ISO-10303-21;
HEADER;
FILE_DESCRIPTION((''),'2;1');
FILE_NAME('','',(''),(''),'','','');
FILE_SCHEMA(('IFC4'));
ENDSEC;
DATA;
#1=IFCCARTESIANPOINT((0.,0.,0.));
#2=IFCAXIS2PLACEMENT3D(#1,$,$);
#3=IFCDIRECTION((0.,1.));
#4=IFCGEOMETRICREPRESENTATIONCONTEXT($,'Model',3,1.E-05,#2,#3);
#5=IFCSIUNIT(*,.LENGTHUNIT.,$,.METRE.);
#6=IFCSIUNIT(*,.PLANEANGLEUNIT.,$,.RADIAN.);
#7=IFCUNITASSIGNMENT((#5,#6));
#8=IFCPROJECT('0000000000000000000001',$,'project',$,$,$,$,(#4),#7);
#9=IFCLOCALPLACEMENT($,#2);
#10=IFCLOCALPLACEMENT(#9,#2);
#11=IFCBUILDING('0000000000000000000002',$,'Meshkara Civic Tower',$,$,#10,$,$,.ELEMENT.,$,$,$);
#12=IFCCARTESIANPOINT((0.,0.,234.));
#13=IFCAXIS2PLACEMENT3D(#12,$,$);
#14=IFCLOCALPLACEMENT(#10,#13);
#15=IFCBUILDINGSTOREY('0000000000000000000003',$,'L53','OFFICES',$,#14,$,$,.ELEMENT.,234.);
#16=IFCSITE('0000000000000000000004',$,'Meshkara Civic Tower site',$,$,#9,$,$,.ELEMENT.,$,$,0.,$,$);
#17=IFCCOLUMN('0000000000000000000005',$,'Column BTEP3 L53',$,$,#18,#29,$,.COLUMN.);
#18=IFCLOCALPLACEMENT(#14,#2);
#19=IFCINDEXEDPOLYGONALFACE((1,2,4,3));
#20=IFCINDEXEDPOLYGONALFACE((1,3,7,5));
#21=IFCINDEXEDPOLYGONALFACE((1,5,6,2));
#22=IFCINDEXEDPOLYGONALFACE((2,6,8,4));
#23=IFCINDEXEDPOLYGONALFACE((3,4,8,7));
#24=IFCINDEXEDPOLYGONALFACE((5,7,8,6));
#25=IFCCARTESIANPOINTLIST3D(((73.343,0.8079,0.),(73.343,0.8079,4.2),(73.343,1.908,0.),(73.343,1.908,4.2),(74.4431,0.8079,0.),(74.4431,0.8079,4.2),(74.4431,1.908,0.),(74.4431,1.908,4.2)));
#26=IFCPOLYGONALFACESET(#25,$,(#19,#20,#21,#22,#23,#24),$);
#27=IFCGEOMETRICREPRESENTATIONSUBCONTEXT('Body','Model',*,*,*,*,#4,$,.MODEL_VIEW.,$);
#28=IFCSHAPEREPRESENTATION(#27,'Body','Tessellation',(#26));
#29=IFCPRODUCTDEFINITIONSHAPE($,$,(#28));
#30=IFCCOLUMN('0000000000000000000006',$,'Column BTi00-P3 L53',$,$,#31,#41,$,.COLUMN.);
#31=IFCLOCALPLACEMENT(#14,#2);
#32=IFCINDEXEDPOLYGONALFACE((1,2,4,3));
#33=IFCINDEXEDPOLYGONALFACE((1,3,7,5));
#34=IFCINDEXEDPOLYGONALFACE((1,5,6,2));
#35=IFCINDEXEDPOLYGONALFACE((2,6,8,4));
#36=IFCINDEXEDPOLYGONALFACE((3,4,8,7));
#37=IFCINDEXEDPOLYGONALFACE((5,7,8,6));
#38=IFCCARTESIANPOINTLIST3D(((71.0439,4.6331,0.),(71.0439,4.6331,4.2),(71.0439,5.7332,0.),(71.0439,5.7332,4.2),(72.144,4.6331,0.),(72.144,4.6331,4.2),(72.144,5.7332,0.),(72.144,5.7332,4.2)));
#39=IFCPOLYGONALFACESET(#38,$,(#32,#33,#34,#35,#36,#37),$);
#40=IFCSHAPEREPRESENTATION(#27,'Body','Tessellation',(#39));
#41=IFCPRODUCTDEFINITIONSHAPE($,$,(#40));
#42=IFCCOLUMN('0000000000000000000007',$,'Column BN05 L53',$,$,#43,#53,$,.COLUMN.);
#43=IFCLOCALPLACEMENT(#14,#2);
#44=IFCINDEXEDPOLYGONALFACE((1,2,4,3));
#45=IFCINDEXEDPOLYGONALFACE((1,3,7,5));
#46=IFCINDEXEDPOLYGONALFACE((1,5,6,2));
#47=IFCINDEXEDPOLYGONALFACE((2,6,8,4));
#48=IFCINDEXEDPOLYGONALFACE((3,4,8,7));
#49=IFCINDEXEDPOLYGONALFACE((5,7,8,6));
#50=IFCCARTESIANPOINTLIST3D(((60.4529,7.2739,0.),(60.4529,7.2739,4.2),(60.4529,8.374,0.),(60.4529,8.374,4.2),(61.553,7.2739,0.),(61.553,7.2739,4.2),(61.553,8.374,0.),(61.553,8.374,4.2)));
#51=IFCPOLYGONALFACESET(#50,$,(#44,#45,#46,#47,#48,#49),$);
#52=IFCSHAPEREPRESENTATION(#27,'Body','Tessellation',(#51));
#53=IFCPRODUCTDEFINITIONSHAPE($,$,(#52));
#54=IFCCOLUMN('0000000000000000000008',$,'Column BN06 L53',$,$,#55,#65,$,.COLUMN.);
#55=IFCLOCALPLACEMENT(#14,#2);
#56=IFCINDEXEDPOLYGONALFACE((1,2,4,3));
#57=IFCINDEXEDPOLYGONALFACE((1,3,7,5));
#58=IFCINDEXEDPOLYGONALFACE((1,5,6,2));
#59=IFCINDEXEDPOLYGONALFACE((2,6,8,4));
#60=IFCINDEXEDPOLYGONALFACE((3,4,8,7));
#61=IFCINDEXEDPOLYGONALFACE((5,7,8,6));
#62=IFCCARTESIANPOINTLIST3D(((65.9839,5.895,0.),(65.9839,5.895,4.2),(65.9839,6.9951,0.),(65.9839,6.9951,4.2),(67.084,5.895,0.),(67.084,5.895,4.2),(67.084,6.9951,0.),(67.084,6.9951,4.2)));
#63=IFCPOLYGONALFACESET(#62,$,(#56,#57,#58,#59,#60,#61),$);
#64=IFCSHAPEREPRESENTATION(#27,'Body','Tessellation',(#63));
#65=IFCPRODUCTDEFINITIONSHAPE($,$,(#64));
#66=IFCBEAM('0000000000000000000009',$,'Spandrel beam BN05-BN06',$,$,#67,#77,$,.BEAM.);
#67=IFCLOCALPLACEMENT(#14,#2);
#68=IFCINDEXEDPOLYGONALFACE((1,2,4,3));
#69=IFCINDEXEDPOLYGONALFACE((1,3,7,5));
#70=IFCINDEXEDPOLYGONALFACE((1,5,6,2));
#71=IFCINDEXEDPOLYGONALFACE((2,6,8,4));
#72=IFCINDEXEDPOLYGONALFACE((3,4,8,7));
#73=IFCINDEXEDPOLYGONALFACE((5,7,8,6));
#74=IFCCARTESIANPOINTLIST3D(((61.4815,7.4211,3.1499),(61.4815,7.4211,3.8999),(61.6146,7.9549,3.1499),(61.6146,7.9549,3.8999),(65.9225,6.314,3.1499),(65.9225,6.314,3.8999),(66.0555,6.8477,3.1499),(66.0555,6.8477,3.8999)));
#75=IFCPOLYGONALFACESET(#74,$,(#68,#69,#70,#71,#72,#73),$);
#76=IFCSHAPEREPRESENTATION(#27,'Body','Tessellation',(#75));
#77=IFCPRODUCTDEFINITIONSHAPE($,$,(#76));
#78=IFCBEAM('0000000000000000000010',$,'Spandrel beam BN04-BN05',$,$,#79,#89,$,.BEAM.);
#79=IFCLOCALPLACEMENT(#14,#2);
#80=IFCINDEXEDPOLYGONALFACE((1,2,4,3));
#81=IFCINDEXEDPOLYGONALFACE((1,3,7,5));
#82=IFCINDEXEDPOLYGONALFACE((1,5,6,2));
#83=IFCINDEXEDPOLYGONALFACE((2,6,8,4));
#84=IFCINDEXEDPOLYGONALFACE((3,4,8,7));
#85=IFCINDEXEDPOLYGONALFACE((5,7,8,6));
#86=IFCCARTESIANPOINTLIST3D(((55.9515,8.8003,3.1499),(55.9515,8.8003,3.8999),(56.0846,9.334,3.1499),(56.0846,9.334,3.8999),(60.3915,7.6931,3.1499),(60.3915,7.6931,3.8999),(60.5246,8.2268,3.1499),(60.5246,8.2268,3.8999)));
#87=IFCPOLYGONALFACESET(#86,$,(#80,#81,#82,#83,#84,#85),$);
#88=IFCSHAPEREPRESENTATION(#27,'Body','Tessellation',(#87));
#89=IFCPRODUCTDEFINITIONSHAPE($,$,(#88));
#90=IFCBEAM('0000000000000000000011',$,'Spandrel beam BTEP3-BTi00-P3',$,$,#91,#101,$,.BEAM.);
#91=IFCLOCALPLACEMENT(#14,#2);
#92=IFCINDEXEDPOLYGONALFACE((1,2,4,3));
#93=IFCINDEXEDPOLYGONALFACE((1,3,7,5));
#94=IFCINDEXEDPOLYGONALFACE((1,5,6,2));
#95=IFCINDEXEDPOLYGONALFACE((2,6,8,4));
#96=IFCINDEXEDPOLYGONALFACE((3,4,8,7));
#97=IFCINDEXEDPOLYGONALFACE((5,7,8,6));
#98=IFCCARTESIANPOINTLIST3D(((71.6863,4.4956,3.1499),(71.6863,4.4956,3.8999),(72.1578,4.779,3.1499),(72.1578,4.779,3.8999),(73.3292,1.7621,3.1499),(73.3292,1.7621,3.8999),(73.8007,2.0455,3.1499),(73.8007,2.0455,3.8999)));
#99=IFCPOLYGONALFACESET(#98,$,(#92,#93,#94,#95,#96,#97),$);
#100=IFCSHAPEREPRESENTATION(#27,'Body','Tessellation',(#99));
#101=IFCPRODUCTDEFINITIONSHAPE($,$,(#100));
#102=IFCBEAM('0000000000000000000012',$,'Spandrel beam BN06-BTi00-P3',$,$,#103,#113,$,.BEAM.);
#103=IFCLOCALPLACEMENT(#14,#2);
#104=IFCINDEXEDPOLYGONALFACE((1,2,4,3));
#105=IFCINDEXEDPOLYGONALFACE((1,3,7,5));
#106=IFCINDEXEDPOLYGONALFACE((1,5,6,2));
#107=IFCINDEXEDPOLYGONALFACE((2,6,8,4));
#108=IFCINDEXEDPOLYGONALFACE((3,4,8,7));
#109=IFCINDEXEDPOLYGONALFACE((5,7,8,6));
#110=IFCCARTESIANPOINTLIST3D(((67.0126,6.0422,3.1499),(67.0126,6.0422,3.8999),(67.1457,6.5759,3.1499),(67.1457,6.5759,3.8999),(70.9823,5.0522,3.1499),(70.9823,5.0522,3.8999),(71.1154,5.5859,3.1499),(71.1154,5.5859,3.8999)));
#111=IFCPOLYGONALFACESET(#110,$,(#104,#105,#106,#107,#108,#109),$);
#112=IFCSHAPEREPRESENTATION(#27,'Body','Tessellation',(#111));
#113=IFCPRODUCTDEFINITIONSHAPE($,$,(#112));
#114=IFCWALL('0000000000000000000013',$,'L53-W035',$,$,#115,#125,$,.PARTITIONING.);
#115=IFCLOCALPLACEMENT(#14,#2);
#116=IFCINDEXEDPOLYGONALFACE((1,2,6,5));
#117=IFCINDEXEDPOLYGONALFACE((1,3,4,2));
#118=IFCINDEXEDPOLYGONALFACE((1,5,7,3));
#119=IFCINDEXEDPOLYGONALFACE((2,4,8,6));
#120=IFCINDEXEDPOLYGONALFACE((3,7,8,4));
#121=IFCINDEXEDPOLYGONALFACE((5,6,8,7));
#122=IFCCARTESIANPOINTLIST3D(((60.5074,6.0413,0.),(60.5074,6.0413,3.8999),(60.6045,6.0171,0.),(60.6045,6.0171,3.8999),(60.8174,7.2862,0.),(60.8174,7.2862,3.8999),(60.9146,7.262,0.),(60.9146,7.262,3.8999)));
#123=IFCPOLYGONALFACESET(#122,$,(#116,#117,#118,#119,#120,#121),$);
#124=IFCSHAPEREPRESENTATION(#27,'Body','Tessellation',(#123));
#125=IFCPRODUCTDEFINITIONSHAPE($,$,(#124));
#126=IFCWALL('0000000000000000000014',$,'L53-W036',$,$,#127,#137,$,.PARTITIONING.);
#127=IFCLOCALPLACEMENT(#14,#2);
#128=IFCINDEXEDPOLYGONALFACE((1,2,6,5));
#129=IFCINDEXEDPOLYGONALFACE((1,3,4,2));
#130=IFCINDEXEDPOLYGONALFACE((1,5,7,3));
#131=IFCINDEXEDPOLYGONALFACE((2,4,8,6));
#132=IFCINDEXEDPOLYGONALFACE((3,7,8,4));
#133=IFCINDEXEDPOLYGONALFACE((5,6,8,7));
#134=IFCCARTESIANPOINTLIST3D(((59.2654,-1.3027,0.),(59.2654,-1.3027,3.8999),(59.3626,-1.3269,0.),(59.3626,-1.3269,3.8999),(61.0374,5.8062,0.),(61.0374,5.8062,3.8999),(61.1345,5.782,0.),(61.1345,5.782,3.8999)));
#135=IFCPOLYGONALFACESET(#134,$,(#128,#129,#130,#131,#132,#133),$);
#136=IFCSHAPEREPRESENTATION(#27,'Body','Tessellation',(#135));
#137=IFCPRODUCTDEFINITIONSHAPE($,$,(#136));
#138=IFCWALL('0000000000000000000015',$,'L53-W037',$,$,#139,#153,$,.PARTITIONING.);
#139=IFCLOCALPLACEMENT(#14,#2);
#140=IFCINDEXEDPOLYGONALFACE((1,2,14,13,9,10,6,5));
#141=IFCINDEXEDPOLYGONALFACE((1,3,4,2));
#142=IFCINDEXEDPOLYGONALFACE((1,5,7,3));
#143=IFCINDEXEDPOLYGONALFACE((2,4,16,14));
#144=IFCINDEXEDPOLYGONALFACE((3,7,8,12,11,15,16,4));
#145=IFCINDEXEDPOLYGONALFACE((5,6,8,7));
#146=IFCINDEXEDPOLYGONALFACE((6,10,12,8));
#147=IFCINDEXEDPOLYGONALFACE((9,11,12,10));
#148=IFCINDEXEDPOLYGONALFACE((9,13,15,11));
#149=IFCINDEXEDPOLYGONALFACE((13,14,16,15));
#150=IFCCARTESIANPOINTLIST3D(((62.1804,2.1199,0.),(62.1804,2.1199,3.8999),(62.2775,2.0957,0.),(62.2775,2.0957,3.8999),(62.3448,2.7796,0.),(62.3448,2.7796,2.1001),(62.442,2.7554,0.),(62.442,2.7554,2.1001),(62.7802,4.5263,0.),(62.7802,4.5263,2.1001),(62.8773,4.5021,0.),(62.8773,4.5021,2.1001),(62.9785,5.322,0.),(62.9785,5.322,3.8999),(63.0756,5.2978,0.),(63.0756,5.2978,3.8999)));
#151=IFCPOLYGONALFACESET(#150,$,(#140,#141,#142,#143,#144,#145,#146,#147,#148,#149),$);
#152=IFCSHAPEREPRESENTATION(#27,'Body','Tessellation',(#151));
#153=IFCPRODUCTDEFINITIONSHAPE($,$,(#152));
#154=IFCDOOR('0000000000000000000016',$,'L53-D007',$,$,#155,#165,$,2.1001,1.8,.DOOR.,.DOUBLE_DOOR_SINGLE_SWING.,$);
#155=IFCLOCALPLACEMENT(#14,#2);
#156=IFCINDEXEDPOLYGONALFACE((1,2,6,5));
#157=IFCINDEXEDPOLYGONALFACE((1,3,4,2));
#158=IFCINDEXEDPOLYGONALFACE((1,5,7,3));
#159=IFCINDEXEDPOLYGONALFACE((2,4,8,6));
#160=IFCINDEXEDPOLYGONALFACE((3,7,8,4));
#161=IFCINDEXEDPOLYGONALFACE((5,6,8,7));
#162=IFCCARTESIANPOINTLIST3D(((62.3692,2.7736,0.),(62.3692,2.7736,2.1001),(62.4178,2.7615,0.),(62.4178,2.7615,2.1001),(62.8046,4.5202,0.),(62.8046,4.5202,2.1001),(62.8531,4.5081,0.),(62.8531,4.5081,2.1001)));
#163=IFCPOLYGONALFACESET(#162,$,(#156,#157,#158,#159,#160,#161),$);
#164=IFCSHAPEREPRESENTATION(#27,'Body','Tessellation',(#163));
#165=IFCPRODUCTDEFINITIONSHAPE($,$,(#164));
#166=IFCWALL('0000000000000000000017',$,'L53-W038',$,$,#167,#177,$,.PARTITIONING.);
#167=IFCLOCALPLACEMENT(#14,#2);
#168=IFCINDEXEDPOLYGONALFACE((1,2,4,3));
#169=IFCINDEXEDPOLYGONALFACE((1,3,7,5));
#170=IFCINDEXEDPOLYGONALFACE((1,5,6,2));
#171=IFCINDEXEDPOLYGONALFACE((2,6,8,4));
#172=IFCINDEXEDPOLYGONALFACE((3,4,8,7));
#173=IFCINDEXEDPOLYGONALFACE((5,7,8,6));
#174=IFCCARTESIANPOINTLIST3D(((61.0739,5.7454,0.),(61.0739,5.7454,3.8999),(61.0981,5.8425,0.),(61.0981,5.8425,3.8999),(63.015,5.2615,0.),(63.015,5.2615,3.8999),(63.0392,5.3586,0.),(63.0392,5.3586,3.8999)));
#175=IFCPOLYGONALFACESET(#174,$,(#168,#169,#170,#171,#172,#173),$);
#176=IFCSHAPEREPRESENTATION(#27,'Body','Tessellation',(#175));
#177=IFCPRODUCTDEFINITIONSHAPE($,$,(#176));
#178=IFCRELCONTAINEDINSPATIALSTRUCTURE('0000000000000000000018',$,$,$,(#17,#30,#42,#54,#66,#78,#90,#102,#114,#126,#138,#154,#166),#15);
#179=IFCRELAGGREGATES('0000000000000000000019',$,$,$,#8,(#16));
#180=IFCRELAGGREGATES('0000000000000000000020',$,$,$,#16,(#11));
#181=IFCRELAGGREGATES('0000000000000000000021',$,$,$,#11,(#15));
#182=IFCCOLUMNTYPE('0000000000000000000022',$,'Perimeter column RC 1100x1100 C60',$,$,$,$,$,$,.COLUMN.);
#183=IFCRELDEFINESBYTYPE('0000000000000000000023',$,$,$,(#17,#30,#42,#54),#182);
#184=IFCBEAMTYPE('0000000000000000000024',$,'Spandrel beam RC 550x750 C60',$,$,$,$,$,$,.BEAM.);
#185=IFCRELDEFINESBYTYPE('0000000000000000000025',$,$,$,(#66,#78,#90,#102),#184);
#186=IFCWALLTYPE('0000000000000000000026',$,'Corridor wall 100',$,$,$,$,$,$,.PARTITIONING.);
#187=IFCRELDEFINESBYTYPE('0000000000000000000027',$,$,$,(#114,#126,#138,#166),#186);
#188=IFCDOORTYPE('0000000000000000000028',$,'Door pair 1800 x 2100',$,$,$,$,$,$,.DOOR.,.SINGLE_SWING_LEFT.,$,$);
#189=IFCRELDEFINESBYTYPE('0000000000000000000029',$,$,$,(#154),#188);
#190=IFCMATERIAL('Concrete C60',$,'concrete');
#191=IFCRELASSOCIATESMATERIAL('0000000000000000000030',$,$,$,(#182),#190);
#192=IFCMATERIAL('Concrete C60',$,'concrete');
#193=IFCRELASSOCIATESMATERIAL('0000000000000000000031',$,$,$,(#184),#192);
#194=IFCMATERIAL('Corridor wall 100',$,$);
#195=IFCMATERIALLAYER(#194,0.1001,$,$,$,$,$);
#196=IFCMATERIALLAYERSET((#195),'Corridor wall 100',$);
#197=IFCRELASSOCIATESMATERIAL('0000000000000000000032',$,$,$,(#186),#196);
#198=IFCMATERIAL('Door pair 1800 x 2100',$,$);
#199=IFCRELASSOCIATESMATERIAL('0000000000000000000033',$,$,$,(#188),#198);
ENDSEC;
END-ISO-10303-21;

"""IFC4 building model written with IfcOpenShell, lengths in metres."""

from ifc_helpers import new_model, si_unit, direction, frame, frame_2d, origin, origin_2d, place, context, subcontext, project, spatial, rectangle, extrude, material, layer, layer_set, material_profile, profile_set, type_object, element, fill, save


model = new_model("IFC4")

# Units and contexts
model_context = context("Model", 3, precision=1e-05, world=origin(), true_north=direction((0.0, 1.0)))
body_context = subcontext(model_context, "Body", "Model", "MODEL_VIEW")
ifc_project = project(units=[si_unit("LENGTHUNIT", "METRE"), si_unit("PLANEANGLEUNIT", "RADIAN")], contexts=[model_context])

# Site, building, storey
site_placement = place(None, origin())
site = spatial("IfcSite", under=ifc_project, at=site_placement, Name="Meshkara Civic Tower site", CompositionType="ELEMENT", RefElevation=0.0)
building_placement = place(site_placement, origin())
building = spatial("IfcBuilding", under=site, at=building_placement, Name="Meshkara Civic Tower", CompositionType="ELEMENT")
storey_placement = place(building_placement, frame((0.0, 0.0, 234.0)))
storey = spatial("IfcBuildingStorey", under=building, at=storey_placement, Name="L53", Description="OFFICES", CompositionType="ELEMENT", Elevation=234.0)

# Columns
ifc_material_1 = material(Name="Concrete C60", Category="concrete")
ifc_material_profile_1 = material_profile(ifc_material_1, rectangle(XDim=1.1001, YDim=1.1001, at=origin_2d()))
ifc_profile_set_1 = profile_set([ifc_material_profile_1], Name="Concrete C60")
column_type = type_object("IfcColumnType", Name="Perimeter column RC 1100x1100 C60", PredefinedType="COLUMN", material=ifc_profile_set_1)
for number, where, z_axis, x_axis, name in (
    (1, (73.8931, 1.3579, 0.0), (0.0, 0.0, 1.0), (1.0, 0.0, 0.0), "Column BTEP3 L53"),
    (2, (71.594, 5.1831, 0.0), (0.0, 0.0, 1.0), (1.0, 0.0, 0.0), "Column BTi00-P3 L53"),
    (3, (61.0029, 7.824, 0.0), (0.0, 0.0, 1.0), (1.0, 0.0, 0.0), "Column BN05 L53"),
    (4, (66.5339, 6.4451, 0.0), (0.0, 0.0, 1.0), (1.0, 0.0, 0.0), "Column BN06 L53"),
):
    element("IfcColumn", number, at=place(storey_placement, frame(where, z_axis=z_axis, x_axis=x_axis)), inside=storey, type_object=column_type, Name=name, PredefinedType="COLUMN", context=body_context, shape_type="SweptSolid", body=[
        extrude(rectangle(XDim=1.1001, YDim=1.1001, at=origin_2d()), origin(), (0.0, 0.0, 1.0), 4.2),
    ])

# Beams
ifc_material_2 = material(Name="Concrete C60", Category="concrete")
ifc_material_profile_2 = material_profile(ifc_material_2, rectangle(XDim=0.55, YDim=0.75, at=origin_2d()))
ifc_profile_set_2 = profile_set([ifc_material_profile_2], Name="Concrete C60")
beam_type = type_object("IfcBeamType", Name="Spandrel beam RC 550x750 C60", PredefinedType="BEAM", material=ifc_profile_set_2)
beam_1_placement = place(storey_placement, frame((65.989, 6.5808, 3.5249), z_axis=(-0.970299, 0.241908, 0.0), x_axis=(-0.241908, -0.970299, 0.0)))
element("IfcBeam", 5, at=beam_1_placement, inside=storey, type_object=beam_type, Name="Spandrel beam BN05-BN06", PredefinedType="BEAM", context=body_context, shape_type="SweptSolid", body=[
    extrude(rectangle(XDim=0.55, YDim=0.75, at=origin_2d()), origin(), (0.0, 0.0, 1.0), 4.5769),
])
beam_2_placement = place(storey_placement, frame((60.458, 7.96, 3.5249), z_axis=(-0.970287, 0.241958, 0.0), x_axis=(-0.241958, -0.970287, 0.0)))
element("IfcBeam", 6, at=beam_2_placement, inside=storey, type_object=beam_type, Name="Spandrel beam BN04-BN05", PredefinedType="BEAM", context=body_context, shape_type="SweptSolid", body=[
    extrude(rectangle(XDim=0.55, YDim=0.75, at=origin_2d()), origin(), (0.0, 0.0, 1.0), 4.5759),
])
beam_3_placement = place(storey_placement, frame((73.5649, 1.9038, 3.5249), z_axis=(-0.515137, 0.857108, 0.0), x_axis=(-0.857108, -0.515137, 0.0)))
element("IfcBeam", 7, at=beam_3_placement, inside=storey, type_object=beam_type, Name="Spandrel beam BTEP3-BTi00-P3", PredefinedType="BEAM", context=body_context, shape_type="SweptSolid", body=[
    extrude(rectangle(XDim=0.55, YDim=0.75, at=origin_2d()), origin(), (0.0, 0.0, 1.0), 3.1892),
])
beam_4_placement = place(storey_placement, frame((71.0488, 5.3191, 3.5249), z_axis=(-0.970283, 0.241974, 0.0), x_axis=(-0.241974, -0.970283, 0.0)))
element("IfcBeam", 8, at=beam_4_placement, inside=storey, type_object=beam_type, Name="Spandrel beam BN06-BTi00-P3", PredefinedType="BEAM", context=body_context, shape_type="SweptSolid", body=[
    extrude(rectangle(XDim=0.55, YDim=0.75, at=origin_2d()), origin(), (0.0, 0.0, 1.0), 4.0913),
])

# Walls
ifc_material_3 = material(Name="Corridor wall 100")
ifc_layer_1 = layer(ifc_material_3, 0.1001)
ifc_layer_set_1 = layer_set([ifc_layer_1], Name="Corridor wall 100")
wall_type_1 = type_object("IfcWallType", Name="Corridor wall 100", PredefinedType="PARTITIONING", material=ifc_layer_set_1)
wall_1_placement = place(storey_placement, frame((60.5559, 6.0291, 0.0), z_axis=(0.0, 0.0, 1.0), x_axis=(0.241685, 0.970355, 0.0)))
element("IfcWall", 9, at=wall_1_placement, inside=storey, type_object=wall_type_1, Name="L53-W035", PredefinedType="PARTITIONING", context=body_context, shape_type="SweptSolid", body=[
    extrude(rectangle(XDim=1.283, YDim=0.1001, at=frame_2d((0.6416, 0.0))), origin(), (0.0, 0.0, 1.0), 3.8999),
])
wall_2_placement = place(storey_placement, frame((61.0859, 5.7939, 0.0), z_axis=(0.0, 0.0, 1.0), x_axis=(-0.241861, -0.970311, 0.0)))
element("IfcWall", 10, at=wall_2_placement, inside=storey, type_object=wall_type_1, Name="L53-W036", PredefinedType="PARTITIONING", context=body_context, shape_type="SweptSolid", body=[
    extrude(rectangle(XDim=7.3264, YDim=0.1001, at=frame_2d((3.6631, 0.0))), origin(), (0.0, 0.0, 1.0), 3.8999),
])

# Wall, opening, door
wall_3_placement = place(storey_placement, frame((62.229, 2.1079, 0.0), z_axis=(0.0, 0.0, 1.0), x_axis=(0.241839, 0.970316, 0.0)))
wall_3 = element("IfcWall", 11, at=wall_3_placement, inside=storey, type_object=wall_type_1, Name="L53-W037", PredefinedType="PARTITIONING", context=body_context, shape_type="SweptSolid", body=[
    extrude(rectangle(XDim=3.3, YDim=0.1001, at=frame_2d((1.6499, 0.0))), origin(), (0.0, 0.0, 1.0), 3.8999),
])
opening_1_placement = place(wall_3_placement, frame((0.6799, 0.0, 0.0)))
opening_1 = element("IfcOpeningElement", 12, at=opening_1_placement, cuts=wall_3, PredefinedType="OPENING", context=body_context, shape_type="SweptSolid", body=[
    extrude(rectangle(XDim=1.8, YDim=2.1001, at=frame_2d((0.8999, 1.05))), frame((0.0, 0.0601, 0.0), z_axis=(0.0, -1.0, 0.0), x_axis=(1.0, 0.0, 0.0)), (0.0, 0.0, 1.0), 0.1201),
])
ifc_material_4 = material(Name="Door pair 1800 x 2100")
door_type = type_object("IfcDoorType", Name="Door pair 1800 x 2100", OperationType="SINGLE_SWING_LEFT", PredefinedType="DOOR", material=ifc_material_4)
door_placement = place(opening_1_placement, origin())
door = element("IfcDoor", 13, at=door_placement, inside=storey, type_object=door_type, Name="L53-D007", OperationType="DOUBLE_DOOR_SINGLE_SWING", OverallHeight=2.1001, OverallWidth=1.8, PredefinedType="DOOR", context=body_context, shape_type="SweptSolid", body=[
    extrude(rectangle(XDim=1.8, YDim=2.1001, at=frame_2d((0.8999, 1.05))), frame((0.0, 0.0249, 0.0), z_axis=(0.0, -1.0, 0.0), x_axis=(1.0, 0.0, 0.0)), (0.0, 0.0, 1.0), 0.05),
])
fill(opening_1, door)

# Wall
wall_4_placement = place(storey_placement, frame((63.0271, 5.3101, 0.0), z_axis=(0.0, 0.0, 1.0), x_axis=(-0.970307, 0.241875, 0.0)))
element("IfcWall", 14, at=wall_4_placement, inside=storey, type_object=wall_type_1, Name="L53-W038", PredefinedType="PARTITIONING", context=body_context, shape_type="SweptSolid", body=[
    extrude(rectangle(XDim=2.0005, YDim=0.1001, at=frame_2d((1.0002, 0.0))), origin(), (0.0, 0.0, 1.0), 3.8999),
])

save(model, "model.ifc")
